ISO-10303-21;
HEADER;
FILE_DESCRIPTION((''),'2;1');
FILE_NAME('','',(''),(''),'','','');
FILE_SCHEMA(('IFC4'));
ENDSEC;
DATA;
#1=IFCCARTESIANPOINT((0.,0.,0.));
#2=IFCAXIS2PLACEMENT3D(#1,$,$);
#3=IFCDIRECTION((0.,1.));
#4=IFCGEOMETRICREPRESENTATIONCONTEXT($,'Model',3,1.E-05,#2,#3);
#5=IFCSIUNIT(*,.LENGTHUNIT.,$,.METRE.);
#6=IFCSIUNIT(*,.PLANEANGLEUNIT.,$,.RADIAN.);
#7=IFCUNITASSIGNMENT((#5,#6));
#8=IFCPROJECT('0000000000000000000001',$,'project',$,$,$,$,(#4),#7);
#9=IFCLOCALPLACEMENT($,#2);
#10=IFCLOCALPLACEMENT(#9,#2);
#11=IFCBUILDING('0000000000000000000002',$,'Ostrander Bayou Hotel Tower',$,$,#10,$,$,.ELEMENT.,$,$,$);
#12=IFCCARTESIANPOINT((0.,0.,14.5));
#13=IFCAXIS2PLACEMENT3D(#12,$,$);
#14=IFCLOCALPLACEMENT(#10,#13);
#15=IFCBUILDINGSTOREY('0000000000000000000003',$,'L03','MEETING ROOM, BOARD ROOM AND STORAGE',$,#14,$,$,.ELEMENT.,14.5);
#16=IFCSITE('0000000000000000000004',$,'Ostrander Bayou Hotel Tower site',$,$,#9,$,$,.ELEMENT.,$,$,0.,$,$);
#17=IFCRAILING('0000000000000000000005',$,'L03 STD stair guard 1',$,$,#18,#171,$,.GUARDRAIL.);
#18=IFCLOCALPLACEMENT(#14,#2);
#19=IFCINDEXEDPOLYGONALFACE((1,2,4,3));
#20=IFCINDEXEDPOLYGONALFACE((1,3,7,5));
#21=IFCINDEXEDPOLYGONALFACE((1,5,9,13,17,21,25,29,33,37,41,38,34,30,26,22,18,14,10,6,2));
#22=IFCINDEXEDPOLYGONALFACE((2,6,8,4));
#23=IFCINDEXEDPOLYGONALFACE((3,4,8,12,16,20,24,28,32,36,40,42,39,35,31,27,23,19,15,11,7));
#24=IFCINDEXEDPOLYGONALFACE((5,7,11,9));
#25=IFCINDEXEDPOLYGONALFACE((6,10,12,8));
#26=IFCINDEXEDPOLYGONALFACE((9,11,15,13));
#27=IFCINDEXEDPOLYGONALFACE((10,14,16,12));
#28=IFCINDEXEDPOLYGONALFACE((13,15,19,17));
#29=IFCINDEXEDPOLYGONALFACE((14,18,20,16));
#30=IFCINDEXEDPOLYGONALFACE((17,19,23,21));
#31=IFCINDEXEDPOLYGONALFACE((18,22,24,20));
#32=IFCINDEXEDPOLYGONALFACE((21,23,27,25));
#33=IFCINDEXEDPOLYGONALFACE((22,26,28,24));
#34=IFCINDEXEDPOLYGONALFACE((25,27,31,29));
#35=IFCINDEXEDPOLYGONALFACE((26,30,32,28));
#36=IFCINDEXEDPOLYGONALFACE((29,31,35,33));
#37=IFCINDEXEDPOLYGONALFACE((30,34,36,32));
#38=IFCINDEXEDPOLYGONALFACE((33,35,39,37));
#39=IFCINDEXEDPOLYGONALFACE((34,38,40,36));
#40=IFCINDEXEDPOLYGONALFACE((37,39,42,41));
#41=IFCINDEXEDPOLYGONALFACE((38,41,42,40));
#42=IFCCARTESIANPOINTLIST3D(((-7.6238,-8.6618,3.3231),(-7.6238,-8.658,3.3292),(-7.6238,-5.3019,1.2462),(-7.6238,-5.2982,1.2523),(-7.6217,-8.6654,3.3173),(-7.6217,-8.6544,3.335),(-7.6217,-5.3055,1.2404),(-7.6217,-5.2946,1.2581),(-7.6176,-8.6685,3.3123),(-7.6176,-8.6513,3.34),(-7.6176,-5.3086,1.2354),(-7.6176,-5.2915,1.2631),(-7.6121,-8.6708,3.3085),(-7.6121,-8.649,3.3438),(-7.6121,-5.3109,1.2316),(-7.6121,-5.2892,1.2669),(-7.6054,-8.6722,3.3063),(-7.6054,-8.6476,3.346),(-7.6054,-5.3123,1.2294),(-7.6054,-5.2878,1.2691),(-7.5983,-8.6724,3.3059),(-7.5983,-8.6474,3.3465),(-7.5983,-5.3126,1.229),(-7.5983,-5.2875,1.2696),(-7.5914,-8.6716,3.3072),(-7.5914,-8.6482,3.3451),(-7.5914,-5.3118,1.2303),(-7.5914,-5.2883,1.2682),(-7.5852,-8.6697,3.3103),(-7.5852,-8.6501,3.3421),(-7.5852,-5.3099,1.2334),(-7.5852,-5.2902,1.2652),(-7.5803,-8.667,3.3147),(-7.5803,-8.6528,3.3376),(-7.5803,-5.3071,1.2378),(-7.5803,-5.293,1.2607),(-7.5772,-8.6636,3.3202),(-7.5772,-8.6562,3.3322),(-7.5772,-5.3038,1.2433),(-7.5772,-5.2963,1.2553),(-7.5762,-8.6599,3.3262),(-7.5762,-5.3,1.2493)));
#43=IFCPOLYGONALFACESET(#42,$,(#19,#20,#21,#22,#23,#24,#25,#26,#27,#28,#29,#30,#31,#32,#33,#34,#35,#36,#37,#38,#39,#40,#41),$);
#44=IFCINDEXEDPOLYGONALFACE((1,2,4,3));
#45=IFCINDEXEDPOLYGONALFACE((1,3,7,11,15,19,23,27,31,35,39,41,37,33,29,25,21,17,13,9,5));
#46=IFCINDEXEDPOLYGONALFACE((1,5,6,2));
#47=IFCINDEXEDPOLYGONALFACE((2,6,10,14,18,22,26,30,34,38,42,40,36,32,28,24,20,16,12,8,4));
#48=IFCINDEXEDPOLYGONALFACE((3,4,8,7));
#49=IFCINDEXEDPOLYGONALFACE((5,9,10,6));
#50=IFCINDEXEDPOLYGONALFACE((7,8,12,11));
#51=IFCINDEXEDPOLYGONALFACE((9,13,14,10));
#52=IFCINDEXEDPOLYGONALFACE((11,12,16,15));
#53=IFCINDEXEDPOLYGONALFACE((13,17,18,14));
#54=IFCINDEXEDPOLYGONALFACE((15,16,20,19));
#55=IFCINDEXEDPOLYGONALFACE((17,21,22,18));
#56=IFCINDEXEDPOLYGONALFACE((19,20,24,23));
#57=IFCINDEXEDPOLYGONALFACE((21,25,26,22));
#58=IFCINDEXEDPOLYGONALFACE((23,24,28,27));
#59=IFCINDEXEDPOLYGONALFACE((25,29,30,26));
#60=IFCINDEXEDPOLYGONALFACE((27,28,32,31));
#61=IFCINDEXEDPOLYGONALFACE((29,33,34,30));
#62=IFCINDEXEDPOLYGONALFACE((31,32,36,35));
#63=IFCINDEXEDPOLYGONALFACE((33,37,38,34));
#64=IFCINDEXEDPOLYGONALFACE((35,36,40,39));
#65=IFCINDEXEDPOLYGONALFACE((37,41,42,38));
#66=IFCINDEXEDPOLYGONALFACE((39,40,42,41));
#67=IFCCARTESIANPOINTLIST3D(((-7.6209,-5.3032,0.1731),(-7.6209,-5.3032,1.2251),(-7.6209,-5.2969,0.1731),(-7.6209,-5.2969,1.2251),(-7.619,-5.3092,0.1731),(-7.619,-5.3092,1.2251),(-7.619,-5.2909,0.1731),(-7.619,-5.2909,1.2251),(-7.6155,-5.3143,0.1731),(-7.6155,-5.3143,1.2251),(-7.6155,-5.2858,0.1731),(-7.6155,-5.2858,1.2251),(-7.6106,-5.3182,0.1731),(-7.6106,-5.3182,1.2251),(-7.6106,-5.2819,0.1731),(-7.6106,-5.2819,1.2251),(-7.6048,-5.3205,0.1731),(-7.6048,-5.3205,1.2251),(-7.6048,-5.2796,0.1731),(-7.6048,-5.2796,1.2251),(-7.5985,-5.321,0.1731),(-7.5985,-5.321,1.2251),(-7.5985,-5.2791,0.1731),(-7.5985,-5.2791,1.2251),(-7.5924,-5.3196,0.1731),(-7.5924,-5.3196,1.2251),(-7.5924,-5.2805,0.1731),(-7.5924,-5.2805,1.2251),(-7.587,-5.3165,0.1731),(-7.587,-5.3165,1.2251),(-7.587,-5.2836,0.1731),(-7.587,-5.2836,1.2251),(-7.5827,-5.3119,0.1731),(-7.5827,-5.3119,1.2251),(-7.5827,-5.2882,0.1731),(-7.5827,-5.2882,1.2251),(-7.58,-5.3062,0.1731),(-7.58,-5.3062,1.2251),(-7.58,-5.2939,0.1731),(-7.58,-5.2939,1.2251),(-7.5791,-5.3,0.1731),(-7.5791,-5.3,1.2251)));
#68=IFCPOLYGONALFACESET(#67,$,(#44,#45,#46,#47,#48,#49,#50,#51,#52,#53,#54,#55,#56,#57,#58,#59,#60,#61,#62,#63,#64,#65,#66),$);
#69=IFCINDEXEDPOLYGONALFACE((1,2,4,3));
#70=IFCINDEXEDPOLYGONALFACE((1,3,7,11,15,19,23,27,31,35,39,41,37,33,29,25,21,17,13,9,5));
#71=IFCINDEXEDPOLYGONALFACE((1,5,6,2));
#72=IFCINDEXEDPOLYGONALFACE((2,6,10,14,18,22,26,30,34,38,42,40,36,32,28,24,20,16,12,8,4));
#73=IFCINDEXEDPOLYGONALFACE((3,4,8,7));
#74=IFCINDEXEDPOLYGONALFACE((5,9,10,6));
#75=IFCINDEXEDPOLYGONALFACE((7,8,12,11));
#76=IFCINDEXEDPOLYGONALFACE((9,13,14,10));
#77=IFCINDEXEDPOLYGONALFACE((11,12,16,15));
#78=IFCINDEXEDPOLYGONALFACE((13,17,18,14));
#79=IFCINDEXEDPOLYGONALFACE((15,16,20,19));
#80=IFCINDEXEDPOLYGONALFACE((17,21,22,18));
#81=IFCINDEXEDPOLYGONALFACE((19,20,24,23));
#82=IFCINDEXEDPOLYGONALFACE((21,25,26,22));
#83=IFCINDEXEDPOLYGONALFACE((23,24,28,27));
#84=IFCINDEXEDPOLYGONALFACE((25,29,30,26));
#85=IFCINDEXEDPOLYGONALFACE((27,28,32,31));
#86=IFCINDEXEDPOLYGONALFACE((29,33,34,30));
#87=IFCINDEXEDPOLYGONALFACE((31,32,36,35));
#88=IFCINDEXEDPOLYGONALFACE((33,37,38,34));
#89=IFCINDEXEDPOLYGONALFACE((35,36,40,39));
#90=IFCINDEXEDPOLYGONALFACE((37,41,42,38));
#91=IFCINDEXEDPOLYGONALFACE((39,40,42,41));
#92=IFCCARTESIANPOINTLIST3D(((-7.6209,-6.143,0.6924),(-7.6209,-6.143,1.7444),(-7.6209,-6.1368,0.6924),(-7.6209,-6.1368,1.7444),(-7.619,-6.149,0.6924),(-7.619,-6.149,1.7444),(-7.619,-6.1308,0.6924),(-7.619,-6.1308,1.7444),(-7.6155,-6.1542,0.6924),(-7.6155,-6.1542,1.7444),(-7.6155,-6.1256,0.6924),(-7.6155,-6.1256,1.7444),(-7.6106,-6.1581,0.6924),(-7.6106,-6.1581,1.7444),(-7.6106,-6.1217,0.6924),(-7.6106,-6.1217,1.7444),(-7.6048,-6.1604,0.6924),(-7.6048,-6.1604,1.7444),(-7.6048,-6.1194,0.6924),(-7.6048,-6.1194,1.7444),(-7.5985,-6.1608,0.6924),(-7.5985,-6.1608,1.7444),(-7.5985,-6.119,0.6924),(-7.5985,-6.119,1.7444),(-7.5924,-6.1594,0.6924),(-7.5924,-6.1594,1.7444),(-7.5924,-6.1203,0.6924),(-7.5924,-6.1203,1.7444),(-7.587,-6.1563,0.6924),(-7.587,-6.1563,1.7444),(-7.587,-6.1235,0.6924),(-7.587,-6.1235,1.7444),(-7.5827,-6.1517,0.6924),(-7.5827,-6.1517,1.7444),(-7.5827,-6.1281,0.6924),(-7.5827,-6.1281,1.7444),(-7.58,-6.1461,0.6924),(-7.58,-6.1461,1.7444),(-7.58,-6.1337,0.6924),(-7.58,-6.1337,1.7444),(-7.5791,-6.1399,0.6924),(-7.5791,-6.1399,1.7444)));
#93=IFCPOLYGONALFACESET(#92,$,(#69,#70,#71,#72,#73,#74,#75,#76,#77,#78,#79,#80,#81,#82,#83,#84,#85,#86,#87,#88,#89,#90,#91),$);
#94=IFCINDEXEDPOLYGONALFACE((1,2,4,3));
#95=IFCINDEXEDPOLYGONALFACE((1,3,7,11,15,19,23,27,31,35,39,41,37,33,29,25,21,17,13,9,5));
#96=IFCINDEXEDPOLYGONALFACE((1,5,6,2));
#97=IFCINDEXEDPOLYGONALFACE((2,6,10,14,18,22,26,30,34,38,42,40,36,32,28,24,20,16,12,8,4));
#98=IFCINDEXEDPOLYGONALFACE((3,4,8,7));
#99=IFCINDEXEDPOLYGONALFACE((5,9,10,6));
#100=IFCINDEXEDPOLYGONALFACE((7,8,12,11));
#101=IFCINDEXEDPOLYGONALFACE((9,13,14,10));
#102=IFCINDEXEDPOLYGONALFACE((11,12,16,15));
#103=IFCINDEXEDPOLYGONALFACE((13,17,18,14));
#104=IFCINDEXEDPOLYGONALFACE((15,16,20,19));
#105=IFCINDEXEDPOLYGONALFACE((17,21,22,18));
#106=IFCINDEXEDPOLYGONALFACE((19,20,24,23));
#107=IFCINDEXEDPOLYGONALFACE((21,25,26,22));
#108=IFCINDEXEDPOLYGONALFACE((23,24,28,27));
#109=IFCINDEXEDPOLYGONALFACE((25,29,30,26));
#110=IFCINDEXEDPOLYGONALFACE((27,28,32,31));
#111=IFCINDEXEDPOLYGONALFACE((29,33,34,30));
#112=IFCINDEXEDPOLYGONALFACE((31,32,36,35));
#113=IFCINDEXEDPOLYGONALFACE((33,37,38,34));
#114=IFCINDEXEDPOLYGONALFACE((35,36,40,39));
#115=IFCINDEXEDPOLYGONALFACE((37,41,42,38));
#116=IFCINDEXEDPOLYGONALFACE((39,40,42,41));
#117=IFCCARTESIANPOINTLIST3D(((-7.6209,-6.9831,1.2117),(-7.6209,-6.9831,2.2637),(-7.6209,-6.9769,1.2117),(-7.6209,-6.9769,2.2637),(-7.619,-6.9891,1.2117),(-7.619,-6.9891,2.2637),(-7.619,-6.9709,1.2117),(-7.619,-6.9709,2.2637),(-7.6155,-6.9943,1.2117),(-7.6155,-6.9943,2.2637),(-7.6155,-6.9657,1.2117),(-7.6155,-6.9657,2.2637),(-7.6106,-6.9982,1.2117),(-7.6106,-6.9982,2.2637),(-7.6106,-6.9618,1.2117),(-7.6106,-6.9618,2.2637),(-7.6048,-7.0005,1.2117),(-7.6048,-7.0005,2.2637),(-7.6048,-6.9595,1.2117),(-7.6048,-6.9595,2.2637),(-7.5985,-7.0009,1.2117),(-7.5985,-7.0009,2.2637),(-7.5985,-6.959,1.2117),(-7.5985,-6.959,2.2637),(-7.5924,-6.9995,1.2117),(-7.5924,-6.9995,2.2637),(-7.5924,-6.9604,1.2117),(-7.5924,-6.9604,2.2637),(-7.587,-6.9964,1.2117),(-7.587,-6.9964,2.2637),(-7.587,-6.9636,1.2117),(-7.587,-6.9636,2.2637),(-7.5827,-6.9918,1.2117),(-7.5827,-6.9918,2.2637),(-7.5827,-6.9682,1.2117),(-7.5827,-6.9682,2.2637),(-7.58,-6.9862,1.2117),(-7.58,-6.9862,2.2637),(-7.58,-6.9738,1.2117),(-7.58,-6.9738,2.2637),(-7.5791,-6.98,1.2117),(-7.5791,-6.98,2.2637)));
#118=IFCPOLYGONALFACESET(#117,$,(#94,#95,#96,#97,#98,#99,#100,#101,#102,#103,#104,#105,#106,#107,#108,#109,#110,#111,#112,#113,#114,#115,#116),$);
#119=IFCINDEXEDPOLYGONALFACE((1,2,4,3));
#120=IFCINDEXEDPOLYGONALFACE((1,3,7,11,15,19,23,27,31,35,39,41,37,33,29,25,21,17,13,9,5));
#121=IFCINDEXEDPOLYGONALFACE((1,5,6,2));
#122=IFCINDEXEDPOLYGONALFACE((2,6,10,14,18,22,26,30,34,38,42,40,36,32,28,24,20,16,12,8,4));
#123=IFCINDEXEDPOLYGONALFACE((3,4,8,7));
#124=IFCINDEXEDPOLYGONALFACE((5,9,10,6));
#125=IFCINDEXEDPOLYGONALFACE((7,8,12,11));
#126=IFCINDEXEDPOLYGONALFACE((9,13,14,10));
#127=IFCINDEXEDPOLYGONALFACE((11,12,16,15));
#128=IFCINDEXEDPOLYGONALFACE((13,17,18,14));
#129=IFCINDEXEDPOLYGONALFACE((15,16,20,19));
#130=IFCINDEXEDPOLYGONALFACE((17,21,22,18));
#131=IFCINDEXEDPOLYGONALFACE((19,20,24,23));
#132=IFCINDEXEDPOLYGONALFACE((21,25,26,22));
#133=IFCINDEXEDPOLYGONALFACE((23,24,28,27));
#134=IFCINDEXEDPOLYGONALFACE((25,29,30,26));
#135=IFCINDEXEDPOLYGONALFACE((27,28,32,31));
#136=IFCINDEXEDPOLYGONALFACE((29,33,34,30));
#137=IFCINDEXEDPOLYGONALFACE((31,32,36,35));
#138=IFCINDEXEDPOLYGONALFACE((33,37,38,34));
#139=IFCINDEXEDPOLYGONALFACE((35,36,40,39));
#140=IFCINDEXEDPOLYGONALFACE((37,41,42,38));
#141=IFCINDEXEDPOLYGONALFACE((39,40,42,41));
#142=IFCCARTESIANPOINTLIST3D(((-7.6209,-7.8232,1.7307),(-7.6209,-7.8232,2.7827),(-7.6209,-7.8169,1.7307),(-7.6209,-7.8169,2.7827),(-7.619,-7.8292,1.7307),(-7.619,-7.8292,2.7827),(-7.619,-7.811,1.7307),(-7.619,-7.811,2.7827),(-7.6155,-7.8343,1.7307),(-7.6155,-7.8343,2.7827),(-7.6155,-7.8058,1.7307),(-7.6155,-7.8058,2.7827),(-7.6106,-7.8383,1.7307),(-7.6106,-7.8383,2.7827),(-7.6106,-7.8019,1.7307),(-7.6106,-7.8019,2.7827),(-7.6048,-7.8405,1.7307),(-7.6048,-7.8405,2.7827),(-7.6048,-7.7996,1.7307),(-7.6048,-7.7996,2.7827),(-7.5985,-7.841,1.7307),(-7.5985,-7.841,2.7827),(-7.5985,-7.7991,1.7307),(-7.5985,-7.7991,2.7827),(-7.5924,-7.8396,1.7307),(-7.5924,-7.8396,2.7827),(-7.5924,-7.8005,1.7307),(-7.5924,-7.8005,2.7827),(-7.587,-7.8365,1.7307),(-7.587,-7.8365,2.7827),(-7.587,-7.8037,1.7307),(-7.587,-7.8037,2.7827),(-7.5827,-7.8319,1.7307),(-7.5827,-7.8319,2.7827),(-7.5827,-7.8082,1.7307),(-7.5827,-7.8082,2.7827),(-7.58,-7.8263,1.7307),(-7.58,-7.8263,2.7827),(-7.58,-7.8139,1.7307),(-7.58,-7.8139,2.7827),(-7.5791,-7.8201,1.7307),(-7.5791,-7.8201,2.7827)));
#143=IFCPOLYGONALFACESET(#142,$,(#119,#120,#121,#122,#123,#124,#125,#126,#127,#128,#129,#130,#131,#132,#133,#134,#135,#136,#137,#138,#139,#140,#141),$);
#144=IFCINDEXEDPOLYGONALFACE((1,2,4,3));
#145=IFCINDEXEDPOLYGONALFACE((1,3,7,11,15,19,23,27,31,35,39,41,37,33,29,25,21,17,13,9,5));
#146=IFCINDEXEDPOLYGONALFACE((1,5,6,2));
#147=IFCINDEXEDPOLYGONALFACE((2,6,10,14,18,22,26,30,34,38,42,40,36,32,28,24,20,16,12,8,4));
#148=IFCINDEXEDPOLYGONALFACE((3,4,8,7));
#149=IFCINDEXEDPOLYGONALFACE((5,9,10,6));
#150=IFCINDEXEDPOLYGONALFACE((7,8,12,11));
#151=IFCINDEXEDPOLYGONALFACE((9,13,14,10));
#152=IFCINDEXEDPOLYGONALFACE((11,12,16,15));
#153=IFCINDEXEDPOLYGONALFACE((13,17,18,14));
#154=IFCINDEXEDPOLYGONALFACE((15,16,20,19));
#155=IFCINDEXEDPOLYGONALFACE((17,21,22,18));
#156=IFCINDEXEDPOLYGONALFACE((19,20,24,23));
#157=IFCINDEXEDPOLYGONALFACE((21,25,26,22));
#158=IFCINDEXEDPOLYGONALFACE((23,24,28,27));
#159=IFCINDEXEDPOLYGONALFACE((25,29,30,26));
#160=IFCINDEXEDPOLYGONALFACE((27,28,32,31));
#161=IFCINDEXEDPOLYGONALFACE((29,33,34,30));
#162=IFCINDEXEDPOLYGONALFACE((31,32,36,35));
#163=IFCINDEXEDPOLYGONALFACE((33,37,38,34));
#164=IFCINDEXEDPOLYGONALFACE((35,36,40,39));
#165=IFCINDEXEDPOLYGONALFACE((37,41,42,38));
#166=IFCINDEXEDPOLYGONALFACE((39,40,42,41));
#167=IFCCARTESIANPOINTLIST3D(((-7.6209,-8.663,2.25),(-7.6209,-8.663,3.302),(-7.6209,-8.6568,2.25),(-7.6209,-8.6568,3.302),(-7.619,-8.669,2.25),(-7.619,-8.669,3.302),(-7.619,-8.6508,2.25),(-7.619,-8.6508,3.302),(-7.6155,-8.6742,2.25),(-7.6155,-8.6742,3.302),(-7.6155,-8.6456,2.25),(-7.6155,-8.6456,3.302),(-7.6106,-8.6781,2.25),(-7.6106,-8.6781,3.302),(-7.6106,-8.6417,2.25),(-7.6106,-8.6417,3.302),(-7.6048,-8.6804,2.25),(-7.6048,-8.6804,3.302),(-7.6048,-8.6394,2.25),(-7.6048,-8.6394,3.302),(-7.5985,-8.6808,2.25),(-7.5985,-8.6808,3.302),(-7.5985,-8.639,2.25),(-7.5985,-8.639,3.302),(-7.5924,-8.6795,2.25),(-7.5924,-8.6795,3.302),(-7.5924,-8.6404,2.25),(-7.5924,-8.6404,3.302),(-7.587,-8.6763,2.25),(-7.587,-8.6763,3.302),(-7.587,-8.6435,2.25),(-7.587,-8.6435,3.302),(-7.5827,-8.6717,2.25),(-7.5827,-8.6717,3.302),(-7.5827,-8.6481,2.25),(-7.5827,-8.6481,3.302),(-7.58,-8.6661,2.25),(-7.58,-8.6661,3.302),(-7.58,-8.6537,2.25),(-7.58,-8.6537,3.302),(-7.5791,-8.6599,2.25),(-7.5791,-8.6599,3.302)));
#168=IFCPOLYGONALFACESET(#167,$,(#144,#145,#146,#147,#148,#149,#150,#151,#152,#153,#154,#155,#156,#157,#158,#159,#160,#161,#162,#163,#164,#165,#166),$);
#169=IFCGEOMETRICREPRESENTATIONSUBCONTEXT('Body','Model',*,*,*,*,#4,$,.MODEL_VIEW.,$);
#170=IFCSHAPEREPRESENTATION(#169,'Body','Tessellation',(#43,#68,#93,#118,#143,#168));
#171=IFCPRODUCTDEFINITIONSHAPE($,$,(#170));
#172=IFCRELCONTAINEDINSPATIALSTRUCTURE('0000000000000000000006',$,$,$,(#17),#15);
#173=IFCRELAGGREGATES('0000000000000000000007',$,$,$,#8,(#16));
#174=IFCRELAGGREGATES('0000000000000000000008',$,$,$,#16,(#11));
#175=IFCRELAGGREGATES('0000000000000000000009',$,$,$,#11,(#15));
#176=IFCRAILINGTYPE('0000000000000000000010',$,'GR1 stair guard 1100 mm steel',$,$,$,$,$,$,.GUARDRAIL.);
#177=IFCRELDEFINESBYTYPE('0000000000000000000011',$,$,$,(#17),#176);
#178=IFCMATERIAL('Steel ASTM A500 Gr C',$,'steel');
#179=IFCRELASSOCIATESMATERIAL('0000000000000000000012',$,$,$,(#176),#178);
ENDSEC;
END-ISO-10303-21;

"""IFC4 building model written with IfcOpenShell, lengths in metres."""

from ifc_helpers import new_model, si_unit, direction, frame, origin, origin_2d, place, context, subcontext, project, spatial, circle, extrude, material, type_object, element, save


model = new_model("IFC4")

# Units and contexts
model_context = context("Model", 3, precision=1e-05, world=origin(), true_north=direction((0.0, 1.0)))
body_context = subcontext(model_context, "Body", "Model", "MODEL_VIEW")
ifc_project = project(units=[si_unit("LENGTHUNIT", "METRE"), si_unit("PLANEANGLEUNIT", "RADIAN")], contexts=[model_context])

# Site, building, storey
site_placement = place(None, origin())
site = spatial("IfcSite", under=ifc_project, at=site_placement, Name="Ostrander Bayou Hotel Tower site", CompositionType="ELEMENT", RefElevation=0.0)
building_placement = place(site_placement, origin())
building = spatial("IfcBuilding", under=site, at=building_placement, Name="Ostrander Bayou Hotel Tower", CompositionType="ELEMENT")
storey_placement = place(building_placement, frame((0.0, 0.0, 14.5)))
storey = spatial("IfcBuildingStorey", under=building, at=storey_placement, Name="L03", Description="MEETING ROOM, BOARD ROOM AND STORAGE", CompositionType="ELEMENT", Elevation=14.5)

# Railing
ifc_material_1 = material(Name="Steel ASTM A500 Gr C", Category="steel")
railing_type = type_object("IfcRailingType", Name="GR1 stair guard 1100 mm steel", PredefinedType="GUARDRAIL", material=ifc_material_1)
railing_1_placement = place(storey_placement, frame((-7.6001, -5.3, 0.1731)))
element("IfcRailing", 1, at=railing_1_placement, inside=storey, type_object=railing_type, Name="L03 STD stair guard 1", PredefinedType="GUARDRAIL", context=body_context, shape_type="SweptSolid", body=[
    extrude(circle(Radius=0.0239, at=origin_2d()), frame((0.0, 0.0, 1.0762), z_axis=(0.0, -0.850606, 0.525803), x_axis=(1.0, 0.0, 0.0)), (0.0, 0.0, 1.0), 3.95),
    extrude(circle(Radius=0.021, at=origin_2d()), origin(), (0.0, 0.0, 1.0), 1.052),
    extrude(circle(Radius=0.021, at=origin_2d()), frame((0.0, -0.8398, 0.5193)), (0.0, 0.0, 1.0), 1.052),
    extrude(circle(Radius=0.021, at=origin_2d()), frame((0.0, -1.6799, 1.0386)), (0.0, 0.0, 1.0), 1.052),
    extrude(circle(Radius=0.021, at=origin_2d()), frame((0.0, -2.52, 1.5576)), (0.0, 0.0, 1.0), 1.052),
    extrude(circle(Radius=0.021, at=origin_2d()), frame((0.0, -3.3599, 2.0769)), (0.0, 0.0, 1.0), 1.052),
])

save(model, "model.ifc")
